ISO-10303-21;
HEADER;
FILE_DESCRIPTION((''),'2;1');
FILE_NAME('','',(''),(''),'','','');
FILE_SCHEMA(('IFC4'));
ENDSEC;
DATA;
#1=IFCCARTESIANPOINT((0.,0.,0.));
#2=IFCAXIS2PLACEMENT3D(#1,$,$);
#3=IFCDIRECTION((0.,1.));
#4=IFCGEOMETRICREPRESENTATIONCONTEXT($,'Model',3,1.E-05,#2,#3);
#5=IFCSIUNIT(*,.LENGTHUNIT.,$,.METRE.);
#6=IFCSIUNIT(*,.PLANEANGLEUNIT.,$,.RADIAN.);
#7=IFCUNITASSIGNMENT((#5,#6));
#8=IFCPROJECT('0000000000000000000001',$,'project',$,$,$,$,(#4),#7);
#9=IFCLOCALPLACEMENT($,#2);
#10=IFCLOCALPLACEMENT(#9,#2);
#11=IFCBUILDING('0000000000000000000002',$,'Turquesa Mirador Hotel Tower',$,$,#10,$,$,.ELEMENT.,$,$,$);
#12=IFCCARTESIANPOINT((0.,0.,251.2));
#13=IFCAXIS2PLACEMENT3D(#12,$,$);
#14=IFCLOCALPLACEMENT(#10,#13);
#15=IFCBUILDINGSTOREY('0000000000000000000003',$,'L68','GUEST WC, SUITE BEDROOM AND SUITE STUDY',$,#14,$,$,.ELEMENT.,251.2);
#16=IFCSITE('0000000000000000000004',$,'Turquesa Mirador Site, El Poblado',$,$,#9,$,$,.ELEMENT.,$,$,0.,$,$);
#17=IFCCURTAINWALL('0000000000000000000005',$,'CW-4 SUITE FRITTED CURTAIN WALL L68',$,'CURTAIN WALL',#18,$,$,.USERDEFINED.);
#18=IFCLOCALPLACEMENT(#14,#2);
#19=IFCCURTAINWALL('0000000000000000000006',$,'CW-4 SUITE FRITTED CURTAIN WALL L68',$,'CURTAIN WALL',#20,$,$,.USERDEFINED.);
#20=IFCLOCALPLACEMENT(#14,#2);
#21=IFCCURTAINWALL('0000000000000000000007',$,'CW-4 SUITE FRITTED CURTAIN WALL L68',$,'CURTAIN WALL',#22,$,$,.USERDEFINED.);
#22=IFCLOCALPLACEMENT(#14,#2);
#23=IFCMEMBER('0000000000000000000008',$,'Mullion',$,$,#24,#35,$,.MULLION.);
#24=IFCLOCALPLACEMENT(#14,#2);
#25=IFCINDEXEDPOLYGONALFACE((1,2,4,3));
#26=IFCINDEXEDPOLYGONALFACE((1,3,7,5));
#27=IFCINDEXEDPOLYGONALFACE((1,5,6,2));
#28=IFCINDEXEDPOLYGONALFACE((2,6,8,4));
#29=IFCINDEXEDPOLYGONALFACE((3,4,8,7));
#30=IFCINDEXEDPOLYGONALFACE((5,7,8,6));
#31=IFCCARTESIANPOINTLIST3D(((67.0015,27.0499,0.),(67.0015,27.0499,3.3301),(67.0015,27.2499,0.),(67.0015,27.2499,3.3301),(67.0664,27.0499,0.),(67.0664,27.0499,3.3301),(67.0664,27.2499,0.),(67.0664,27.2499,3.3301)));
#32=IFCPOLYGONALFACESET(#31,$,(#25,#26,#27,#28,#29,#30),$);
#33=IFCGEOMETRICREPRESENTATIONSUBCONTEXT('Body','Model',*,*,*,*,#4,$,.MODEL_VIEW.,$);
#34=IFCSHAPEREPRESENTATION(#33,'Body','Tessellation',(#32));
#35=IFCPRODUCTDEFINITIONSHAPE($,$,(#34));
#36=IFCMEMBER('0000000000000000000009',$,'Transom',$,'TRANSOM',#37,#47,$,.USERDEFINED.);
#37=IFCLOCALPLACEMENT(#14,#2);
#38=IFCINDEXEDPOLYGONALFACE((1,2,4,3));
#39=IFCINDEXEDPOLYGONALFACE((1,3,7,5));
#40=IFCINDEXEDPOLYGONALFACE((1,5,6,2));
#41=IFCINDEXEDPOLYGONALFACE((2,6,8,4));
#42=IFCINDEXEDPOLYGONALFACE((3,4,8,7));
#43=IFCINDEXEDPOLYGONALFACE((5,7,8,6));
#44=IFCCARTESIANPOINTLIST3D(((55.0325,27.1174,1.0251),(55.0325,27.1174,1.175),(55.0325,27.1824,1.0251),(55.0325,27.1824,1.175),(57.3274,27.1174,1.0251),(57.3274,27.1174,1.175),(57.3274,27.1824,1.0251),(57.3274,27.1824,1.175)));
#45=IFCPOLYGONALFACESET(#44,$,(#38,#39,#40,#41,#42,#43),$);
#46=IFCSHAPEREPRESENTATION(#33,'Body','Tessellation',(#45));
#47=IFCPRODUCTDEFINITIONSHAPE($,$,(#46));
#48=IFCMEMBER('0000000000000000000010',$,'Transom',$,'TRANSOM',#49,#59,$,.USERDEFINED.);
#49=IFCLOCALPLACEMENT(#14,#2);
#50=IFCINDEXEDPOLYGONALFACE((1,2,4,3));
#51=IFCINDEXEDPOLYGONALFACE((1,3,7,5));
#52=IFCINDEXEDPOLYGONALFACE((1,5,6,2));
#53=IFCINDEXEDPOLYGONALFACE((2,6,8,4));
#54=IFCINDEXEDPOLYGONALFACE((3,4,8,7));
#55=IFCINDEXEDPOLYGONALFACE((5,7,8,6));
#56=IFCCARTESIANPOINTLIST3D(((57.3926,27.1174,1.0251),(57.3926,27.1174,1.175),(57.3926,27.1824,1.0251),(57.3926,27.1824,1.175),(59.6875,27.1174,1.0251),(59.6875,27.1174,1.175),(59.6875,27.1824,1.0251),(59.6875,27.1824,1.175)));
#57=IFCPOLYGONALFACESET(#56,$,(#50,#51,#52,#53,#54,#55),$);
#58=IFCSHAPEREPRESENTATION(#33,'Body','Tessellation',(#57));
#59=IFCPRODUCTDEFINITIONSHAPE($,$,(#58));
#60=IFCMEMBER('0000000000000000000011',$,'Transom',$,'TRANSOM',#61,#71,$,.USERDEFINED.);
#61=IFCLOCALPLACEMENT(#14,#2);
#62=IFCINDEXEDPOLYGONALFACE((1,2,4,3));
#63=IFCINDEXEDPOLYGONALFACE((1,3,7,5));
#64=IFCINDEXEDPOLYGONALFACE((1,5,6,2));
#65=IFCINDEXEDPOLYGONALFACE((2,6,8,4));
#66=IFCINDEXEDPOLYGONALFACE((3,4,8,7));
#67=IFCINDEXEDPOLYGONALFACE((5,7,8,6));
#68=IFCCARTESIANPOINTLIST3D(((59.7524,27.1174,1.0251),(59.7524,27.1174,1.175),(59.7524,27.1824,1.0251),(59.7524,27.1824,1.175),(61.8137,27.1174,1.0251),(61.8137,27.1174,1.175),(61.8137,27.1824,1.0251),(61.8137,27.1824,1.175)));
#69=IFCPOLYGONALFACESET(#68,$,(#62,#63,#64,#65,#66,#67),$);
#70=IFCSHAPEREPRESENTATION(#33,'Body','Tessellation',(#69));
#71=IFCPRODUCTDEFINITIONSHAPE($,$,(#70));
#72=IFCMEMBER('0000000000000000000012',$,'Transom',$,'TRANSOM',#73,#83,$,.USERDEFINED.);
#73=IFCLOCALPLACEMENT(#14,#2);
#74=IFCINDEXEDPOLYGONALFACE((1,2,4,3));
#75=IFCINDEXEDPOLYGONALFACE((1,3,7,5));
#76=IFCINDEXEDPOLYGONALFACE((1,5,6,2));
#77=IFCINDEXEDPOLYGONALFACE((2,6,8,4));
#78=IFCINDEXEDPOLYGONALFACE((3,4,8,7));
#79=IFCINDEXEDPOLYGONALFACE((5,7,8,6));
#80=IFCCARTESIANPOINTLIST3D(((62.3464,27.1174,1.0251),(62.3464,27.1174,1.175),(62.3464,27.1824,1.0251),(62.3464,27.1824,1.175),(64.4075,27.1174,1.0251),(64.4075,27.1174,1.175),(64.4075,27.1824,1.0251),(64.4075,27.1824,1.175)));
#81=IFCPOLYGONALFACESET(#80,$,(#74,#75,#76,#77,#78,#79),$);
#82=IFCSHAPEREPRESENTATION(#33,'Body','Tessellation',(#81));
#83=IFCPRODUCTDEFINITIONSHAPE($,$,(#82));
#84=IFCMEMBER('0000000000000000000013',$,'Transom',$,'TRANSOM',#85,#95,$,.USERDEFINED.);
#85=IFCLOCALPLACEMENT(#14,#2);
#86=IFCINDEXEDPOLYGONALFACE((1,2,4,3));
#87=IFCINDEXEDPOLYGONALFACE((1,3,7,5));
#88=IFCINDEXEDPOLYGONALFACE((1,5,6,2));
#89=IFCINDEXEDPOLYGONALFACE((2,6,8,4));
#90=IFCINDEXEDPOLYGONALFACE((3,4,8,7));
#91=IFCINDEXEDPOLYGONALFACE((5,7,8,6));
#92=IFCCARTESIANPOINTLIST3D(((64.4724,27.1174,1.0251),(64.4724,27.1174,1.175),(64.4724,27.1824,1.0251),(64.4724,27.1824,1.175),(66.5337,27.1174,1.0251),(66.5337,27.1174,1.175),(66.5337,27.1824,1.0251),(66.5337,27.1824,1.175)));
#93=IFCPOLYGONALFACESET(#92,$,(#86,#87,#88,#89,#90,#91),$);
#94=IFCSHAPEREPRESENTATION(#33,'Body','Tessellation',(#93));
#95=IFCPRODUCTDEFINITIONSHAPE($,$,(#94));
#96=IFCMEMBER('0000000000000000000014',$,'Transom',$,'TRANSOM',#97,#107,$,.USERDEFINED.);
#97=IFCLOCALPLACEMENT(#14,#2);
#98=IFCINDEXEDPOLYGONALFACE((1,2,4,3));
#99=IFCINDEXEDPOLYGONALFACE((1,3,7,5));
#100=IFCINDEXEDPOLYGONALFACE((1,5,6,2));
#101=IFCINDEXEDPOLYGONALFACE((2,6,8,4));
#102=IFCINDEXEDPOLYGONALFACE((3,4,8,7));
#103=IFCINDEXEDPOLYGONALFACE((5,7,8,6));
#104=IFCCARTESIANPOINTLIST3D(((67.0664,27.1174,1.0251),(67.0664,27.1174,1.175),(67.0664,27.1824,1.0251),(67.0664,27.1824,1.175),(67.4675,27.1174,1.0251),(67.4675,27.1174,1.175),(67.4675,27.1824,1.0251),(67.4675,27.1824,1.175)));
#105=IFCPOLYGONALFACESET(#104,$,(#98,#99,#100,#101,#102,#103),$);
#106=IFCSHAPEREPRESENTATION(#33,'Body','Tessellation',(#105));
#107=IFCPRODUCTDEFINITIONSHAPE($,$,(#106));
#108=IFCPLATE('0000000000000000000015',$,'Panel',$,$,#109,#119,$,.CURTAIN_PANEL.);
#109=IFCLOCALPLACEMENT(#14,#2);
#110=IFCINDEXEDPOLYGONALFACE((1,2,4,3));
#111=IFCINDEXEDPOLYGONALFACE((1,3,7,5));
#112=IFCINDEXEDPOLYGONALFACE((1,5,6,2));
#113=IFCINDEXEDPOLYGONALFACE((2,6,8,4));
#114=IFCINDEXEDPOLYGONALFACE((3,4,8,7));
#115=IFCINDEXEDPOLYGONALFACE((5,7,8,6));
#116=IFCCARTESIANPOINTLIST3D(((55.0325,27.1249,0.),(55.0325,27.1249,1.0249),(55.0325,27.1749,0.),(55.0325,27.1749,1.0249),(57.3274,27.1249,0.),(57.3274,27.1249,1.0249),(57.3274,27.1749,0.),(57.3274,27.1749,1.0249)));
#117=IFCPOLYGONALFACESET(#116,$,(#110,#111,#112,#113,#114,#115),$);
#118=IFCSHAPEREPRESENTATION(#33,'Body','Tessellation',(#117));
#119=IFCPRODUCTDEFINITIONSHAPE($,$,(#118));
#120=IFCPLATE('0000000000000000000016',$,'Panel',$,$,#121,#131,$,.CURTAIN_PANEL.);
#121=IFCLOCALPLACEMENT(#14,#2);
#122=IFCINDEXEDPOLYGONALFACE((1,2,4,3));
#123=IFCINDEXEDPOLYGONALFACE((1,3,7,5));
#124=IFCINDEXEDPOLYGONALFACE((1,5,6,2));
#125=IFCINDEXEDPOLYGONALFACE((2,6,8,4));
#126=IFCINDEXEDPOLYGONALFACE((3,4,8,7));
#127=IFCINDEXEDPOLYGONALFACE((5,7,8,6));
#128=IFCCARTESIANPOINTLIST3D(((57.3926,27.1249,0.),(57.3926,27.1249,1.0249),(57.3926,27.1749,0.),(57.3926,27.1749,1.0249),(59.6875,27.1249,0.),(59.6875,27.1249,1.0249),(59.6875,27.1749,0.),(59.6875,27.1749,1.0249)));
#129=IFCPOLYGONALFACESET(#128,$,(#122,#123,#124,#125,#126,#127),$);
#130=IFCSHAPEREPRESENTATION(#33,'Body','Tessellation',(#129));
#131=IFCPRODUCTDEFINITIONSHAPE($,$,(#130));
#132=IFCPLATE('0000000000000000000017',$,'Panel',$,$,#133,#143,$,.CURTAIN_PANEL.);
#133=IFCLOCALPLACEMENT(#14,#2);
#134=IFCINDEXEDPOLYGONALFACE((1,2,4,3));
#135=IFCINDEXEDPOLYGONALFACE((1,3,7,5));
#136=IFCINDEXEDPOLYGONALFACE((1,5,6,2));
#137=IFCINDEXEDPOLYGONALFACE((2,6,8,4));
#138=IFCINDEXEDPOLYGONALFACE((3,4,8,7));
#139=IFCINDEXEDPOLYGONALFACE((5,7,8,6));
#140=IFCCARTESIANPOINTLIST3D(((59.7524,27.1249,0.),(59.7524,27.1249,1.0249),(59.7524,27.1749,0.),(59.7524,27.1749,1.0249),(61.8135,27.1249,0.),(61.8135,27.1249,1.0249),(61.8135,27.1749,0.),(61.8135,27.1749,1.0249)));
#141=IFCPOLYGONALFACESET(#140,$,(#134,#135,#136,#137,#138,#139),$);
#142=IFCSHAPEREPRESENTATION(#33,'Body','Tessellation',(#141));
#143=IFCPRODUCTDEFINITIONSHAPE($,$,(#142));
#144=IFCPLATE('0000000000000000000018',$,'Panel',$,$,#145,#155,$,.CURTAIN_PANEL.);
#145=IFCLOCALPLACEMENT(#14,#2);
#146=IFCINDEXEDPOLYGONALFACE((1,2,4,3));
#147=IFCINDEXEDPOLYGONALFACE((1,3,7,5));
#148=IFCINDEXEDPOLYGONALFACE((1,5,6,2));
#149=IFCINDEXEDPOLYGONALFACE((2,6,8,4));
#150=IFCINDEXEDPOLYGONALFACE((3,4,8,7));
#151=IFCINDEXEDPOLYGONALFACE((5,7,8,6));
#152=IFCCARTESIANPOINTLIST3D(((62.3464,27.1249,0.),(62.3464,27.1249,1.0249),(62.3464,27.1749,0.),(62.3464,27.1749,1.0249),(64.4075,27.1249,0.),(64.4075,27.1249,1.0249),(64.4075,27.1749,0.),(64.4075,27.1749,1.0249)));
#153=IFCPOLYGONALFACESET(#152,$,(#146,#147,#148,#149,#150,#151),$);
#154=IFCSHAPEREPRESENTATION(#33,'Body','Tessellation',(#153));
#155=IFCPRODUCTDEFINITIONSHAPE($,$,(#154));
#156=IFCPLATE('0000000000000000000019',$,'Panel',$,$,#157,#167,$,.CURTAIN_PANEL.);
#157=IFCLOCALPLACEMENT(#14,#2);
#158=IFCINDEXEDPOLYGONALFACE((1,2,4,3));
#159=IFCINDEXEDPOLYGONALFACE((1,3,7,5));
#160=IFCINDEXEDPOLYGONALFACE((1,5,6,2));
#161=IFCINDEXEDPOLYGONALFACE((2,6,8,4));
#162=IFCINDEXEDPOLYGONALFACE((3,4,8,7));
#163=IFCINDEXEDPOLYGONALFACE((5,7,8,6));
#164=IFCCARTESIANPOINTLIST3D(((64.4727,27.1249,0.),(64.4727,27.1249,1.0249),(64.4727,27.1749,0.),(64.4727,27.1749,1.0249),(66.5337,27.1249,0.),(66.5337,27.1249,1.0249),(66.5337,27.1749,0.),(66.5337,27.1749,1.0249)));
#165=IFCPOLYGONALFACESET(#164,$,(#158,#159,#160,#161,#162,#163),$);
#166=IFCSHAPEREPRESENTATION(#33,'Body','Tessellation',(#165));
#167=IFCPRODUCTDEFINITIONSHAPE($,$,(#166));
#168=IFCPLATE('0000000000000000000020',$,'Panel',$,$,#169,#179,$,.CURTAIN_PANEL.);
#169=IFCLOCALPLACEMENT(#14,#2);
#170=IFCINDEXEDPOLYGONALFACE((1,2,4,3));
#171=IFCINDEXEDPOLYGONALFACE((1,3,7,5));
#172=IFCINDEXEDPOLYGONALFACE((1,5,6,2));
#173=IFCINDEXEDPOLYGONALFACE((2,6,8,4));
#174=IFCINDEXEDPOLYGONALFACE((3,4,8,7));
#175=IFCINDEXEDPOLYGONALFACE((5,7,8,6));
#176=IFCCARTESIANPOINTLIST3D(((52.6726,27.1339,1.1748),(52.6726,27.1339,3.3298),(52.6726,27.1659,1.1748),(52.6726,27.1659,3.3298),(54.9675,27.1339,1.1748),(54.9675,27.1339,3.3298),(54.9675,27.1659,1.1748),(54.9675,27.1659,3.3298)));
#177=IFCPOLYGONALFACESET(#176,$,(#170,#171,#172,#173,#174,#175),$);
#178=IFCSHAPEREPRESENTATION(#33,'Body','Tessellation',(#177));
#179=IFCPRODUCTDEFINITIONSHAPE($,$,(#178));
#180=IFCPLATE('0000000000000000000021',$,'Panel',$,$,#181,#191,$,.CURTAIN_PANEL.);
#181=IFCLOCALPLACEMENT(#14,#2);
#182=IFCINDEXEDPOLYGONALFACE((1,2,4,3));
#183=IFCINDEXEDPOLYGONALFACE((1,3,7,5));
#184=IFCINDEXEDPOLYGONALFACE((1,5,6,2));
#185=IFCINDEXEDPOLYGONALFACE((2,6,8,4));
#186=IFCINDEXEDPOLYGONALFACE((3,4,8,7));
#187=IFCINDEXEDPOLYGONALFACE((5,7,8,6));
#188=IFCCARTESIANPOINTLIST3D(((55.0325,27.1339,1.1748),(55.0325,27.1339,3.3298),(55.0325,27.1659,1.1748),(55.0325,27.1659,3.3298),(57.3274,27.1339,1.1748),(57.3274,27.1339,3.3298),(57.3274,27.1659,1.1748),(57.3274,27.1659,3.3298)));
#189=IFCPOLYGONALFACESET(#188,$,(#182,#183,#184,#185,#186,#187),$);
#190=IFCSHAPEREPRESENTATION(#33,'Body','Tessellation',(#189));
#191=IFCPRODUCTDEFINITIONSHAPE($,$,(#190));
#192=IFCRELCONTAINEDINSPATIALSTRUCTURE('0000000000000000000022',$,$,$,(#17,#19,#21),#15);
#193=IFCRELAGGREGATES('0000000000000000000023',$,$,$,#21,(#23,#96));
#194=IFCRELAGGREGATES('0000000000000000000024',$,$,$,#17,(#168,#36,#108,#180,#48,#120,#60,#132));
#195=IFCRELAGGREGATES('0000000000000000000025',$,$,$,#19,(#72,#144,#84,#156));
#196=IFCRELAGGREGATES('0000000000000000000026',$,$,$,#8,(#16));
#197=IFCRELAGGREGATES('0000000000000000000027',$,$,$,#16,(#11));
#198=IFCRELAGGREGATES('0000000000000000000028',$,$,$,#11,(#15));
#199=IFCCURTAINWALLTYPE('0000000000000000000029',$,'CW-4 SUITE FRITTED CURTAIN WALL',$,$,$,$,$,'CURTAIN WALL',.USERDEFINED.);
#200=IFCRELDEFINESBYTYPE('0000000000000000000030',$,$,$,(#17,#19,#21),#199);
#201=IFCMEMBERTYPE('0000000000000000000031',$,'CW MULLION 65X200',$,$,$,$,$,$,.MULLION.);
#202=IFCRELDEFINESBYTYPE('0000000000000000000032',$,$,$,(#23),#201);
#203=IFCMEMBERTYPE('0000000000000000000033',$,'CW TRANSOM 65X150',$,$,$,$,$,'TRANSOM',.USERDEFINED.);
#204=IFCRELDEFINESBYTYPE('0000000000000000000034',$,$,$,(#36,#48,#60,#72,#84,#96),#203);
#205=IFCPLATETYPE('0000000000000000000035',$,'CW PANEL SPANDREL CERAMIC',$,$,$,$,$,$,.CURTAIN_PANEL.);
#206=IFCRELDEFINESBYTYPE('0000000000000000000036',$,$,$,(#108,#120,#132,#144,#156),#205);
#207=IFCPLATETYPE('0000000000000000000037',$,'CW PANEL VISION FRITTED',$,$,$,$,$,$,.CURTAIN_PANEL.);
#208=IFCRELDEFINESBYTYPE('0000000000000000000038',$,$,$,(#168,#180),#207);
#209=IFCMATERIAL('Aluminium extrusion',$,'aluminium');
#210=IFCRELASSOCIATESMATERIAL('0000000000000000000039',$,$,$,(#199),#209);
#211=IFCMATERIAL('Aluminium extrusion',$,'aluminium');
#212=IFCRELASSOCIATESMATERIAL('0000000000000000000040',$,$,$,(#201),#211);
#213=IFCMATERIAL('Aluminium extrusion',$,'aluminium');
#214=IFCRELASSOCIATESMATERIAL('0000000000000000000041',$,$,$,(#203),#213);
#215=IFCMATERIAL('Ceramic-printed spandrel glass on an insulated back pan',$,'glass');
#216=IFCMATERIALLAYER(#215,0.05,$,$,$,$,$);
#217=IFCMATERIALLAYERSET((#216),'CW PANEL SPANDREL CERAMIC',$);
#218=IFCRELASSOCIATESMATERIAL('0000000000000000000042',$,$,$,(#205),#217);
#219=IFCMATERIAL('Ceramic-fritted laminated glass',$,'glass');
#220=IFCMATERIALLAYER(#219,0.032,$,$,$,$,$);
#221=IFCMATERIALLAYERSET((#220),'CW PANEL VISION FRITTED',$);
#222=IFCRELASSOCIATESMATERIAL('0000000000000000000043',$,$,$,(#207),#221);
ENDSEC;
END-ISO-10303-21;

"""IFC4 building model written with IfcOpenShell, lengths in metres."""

from ifc_helpers import new_model, si_unit, direction, frame, origin, origin_2d, place, context, subcontext, project, spatial, rectangle, extrude, material, layer, layer_set, material_profile, profile_set, type_object, element, aggregate, save


model = new_model("IFC4")

# Units and contexts
model_context = context("Model", 3, precision=1e-05, world=origin(), true_north=direction((0.0, 1.0)))
body_context = subcontext(model_context, "Body", "Model", "MODEL_VIEW")
ifc_project = project(units=[si_unit("LENGTHUNIT", "METRE"), si_unit("PLANEANGLEUNIT", "RADIAN")], contexts=[model_context])

# Site, building, storey
site_placement = place(None, origin())
site = spatial("IfcSite", under=ifc_project, at=site_placement, Name="Turquesa Mirador Site, El Poblado", CompositionType="ELEMENT", RefElevation=0.0)
building_placement = place(site_placement, origin())
building = spatial("IfcBuilding", under=site, at=building_placement, Name="Turquesa Mirador Hotel Tower", CompositionType="ELEMENT")
storey_placement = place(building_placement, frame((0.0, 0.0, 251.2)))
storey = spatial("IfcBuildingStorey", under=building, at=storey_placement, Name="L68", Description="GUEST WC, SUITE BEDROOM AND SUITE STUDY", CompositionType="ELEMENT", Elevation=251.2)

# Curtain walls
ifc_material_1 = material(Name="Aluminium extrusion", Category="aluminium")
curtain_wall_type = type_object("IfcCurtainWallType", Name="CW-4 SUITE FRITTED CURTAIN WALL", ElementType="CURTAIN WALL", PredefinedType="USERDEFINED", material=ifc_material_1)
curtain_wall_1_placement = place(storey_placement, origin())
curtain_wall_1 = element("IfcCurtainWall", 1, at=curtain_wall_1_placement, inside=storey, type_object=curtain_wall_type, Name="CW-4 SUITE FRITTED CURTAIN WALL L68", ObjectType="CURTAIN WALL", PredefinedType="USERDEFINED")
ifc_material_2 = material(Name="Aluminium extrusion", Category="aluminium")
ifc_material_profile_1 = material_profile(ifc_material_2, rectangle(XDim=0.0649, YDim=0.2, at=origin_2d()), Name="MULLION 65X200")
ifc_profile_set_1 = profile_set([ifc_material_profile_1], Name="Aluminium extrusion")
member_type_1 = type_object("IfcMemberType", Name="CW MULLION 65X200", PredefinedType="MULLION", material=ifc_profile_set_1)
curtain_wall_2_placement = place(storey_placement, origin())
curtain_wall_2 = element("IfcCurtainWall", 2, at=curtain_wall_2_placement, inside=storey, type_object=curtain_wall_type, Name="CW-4 SUITE FRITTED CURTAIN WALL L68", ObjectType="CURTAIN WALL", PredefinedType="USERDEFINED")

# Curtain wall, member
curtain_wall_3_placement = place(storey_placement, origin())
curtain_wall_3 = element("IfcCurtainWall", 3, at=curtain_wall_3_placement, inside=storey, type_object=curtain_wall_type, Name="CW-4 SUITE FRITTED CURTAIN WALL L68", ObjectType="CURTAIN WALL", PredefinedType="USERDEFINED")
member_1_placement = place(storey_placement, frame((67.0339, 27.1499, 0.0), z_axis=(0.0, 0.0, 1.0), x_axis=(1.0, 0.0, 0.0)))
member_1 = element("IfcMember", 4, at=member_1_placement, type_object=member_type_1, Name="Mullion", PredefinedType="MULLION", context=body_context, shape_type="SweptSolid", body=[
    extrude(rectangle(XDim=0.0649, YDim=0.2, at=origin_2d()), origin(), (0.0, 0.0, 1.0), 3.3301),
])

# Members
ifc_material_3 = material(Name="Aluminium extrusion", Category="aluminium")
ifc_material_profile_2 = material_profile(ifc_material_3, rectangle(XDim=0.0649, YDim=0.1499, at=origin_2d()), Name="TRANSOM 65X150")
ifc_profile_set_2 = profile_set([ifc_material_profile_2], Name="Aluminium extrusion")
member_type_2 = type_object("IfcMemberType", Name="CW TRANSOM 65X150", ElementType="TRANSOM", PredefinedType="USERDEFINED", material=ifc_profile_set_2)
member_2_placement = place(storey_placement, frame((55.0325, 27.1499, 1.1001), z_axis=(1.0, 0.0, 0.0), x_axis=(0.0, 1.0, 0.0)))
member_2 = element("IfcMember", 5, at=member_2_placement, type_object=member_type_2, Name="Transom", ObjectType="TRANSOM", PredefinedType="USERDEFINED", context=body_context, shape_type="SweptSolid", body=[
    extrude(rectangle(XDim=0.0649, YDim=0.1499, at=origin_2d()), origin(), (0.0, 0.0, 1.0), 2.2949),
])
member_3_placement = place(storey_placement, frame((57.3926, 27.1499, 1.1001), z_axis=(1.0, 0.0, 0.0), x_axis=(0.0, 1.0, 0.0)))
member_3 = element("IfcMember", 6, at=member_3_placement, type_object=member_type_2, Name="Transom", ObjectType="TRANSOM", PredefinedType="USERDEFINED", context=body_context, shape_type="SweptSolid", body=[
    extrude(rectangle(XDim=0.0649, YDim=0.1499, at=origin_2d()), origin(), (0.0, 0.0, 1.0), 2.2949),
])
member_4_placement = place(storey_placement, frame((59.7524, 27.1499, 1.1001), z_axis=(1.0, 0.0, 0.0), x_axis=(0.0, 1.0, 0.0)))
member_4 = element("IfcMember", 7, at=member_4_placement, type_object=member_type_2, Name="Transom", ObjectType="TRANSOM", PredefinedType="USERDEFINED", context=body_context, shape_type="SweptSolid", body=[
    extrude(rectangle(XDim=0.0649, YDim=0.1499, at=origin_2d()), origin(), (0.0, 0.0, 1.0), 2.0613),
])
member_5_placement = place(storey_placement, frame((62.3464, 27.1499, 1.1001), z_axis=(1.0, 0.0, 0.0), x_axis=(0.0, 1.0, 0.0)))
member_5 = element("IfcMember", 8, at=member_5_placement, type_object=member_type_2, Name="Transom", ObjectType="TRANSOM", PredefinedType="USERDEFINED", context=body_context, shape_type="SweptSolid", body=[
    extrude(rectangle(XDim=0.0649, YDim=0.1499, at=origin_2d()), origin(), (0.0, 0.0, 1.0), 2.061),
])
member_6_placement = place(storey_placement, frame((64.4724, 27.1499, 1.1001), z_axis=(1.0, 0.0, 0.0), x_axis=(0.0, 1.0, 0.0)))
member_6 = element("IfcMember", 9, at=member_6_placement, type_object=member_type_2, Name="Transom", ObjectType="TRANSOM", PredefinedType="USERDEFINED", context=body_context, shape_type="SweptSolid", body=[
    extrude(rectangle(XDim=0.0649, YDim=0.1499, at=origin_2d()), origin(), (0.0, 0.0, 1.0), 2.0613),
])
member_7_placement = place(storey_placement, frame((67.0664, 27.1499, 1.1001), z_axis=(1.0, 0.0, 0.0), x_axis=(0.0, 1.0, 0.0)))
member_7 = element("IfcMember", 10, at=member_7_placement, type_object=member_type_2, Name="Transom", ObjectType="TRANSOM", PredefinedType="USERDEFINED", context=body_context, shape_type="SweptSolid", body=[
    extrude(rectangle(XDim=0.0649, YDim=0.1499, at=origin_2d()), origin(), (0.0, 0.0, 1.0), 0.4011),
])
aggregate(curtain_wall_3, [member_1, member_7])

# Plates
ifc_material_4 = material(Name="Ceramic-printed spandrel glass on an insulated back pan", Category="glass")
ifc_layer_1 = layer(ifc_material_4, 0.05)
ifc_layer_set_1 = layer_set([ifc_layer_1], Name="CW PANEL SPANDREL CERAMIC")
plate_type_1 = type_object("IfcPlateType", Name="CW PANEL SPANDREL CERAMIC", PredefinedType="CURTAIN_PANEL", material=ifc_layer_set_1)
plate_1_placement = place(storey_placement, frame((56.1799, 27.1499, 0.0), z_axis=(0.0, 0.0, 1.0), x_axis=(1.0, 0.0, 0.0)))
plate_1 = element("IfcPlate", 11, at=plate_1_placement, type_object=plate_type_1, Name="Panel", PredefinedType="CURTAIN_PANEL", context=body_context, shape_type="SweptSolid", body=[
    extrude(rectangle(XDim=2.2949, YDim=0.05, at=origin_2d()), origin(), (0.0, 0.0, 1.0), 1.0249),
])
plate_2_placement = place(storey_placement, frame((58.54, 27.1499, 0.0), z_axis=(0.0, 0.0, 1.0), x_axis=(1.0, 0.0, 0.0)))
plate_2 = element("IfcPlate", 12, at=plate_2_placement, type_object=plate_type_1, Name="Panel", PredefinedType="CURTAIN_PANEL", context=body_context, shape_type="SweptSolid", body=[
    extrude(rectangle(XDim=2.2949, YDim=0.05, at=origin_2d()), origin(), (0.0, 0.0, 1.0), 1.0249),
])
plate_3_placement = place(storey_placement, frame((60.783, 27.1499, 0.0), z_axis=(0.0, 0.0, 1.0), x_axis=(1.0, 0.0, 0.0)))
plate_3 = element("IfcPlate", 13, at=plate_3_placement, type_object=plate_type_1, Name="Panel", PredefinedType="CURTAIN_PANEL", context=body_context, shape_type="SweptSolid", body=[
    extrude(rectangle(XDim=2.061, YDim=0.05, at=origin_2d()), origin(), (0.0, 0.0, 1.0), 1.0249),
])
plate_4_placement = place(storey_placement, frame((63.377, 27.1499, 0.0), z_axis=(0.0, 0.0, 1.0), x_axis=(1.0, 0.0, 0.0)))
plate_4 = element("IfcPlate", 14, at=plate_4_placement, type_object=plate_type_1, Name="Panel", PredefinedType="CURTAIN_PANEL", context=body_context, shape_type="SweptSolid", body=[
    extrude(rectangle(XDim=2.061, YDim=0.05, at=origin_2d()), origin(), (0.0, 0.0, 1.0), 1.0249),
])
plate_5_placement = place(storey_placement, frame((65.5032, 27.1499, 0.0), z_axis=(0.0, 0.0, 1.0), x_axis=(1.0, 0.0, 0.0)))
plate_5 = element("IfcPlate", 15, at=plate_5_placement, type_object=plate_type_1, Name="Panel", PredefinedType="CURTAIN_PANEL", context=body_context, shape_type="SweptSolid", body=[
    extrude(rectangle(XDim=2.061, YDim=0.05, at=origin_2d()), origin(), (0.0, 0.0, 1.0), 1.0249),
])
ifc_material_5 = material(Name="Ceramic-fritted laminated glass", Category="glass")
ifc_layer_2 = layer(ifc_material_5, 0.032)
ifc_layer_set_2 = layer_set([ifc_layer_2], Name="CW PANEL VISION FRITTED")
plate_type_2 = type_object("IfcPlateType", Name="CW PANEL VISION FRITTED", PredefinedType="CURTAIN_PANEL", material=ifc_layer_set_2)
plate_6_placement = place(storey_placement, frame((53.8201, 27.1499, 1.1748), z_axis=(0.0, 0.0, 1.0), x_axis=(1.0, 0.0, 0.0)))
plate_6 = element("IfcPlate", 16, at=plate_6_placement, type_object=plate_type_2, Name="Panel", PredefinedType="CURTAIN_PANEL", context=body_context, shape_type="SweptSolid", body=[
    extrude(rectangle(XDim=2.2949, YDim=0.032, at=origin_2d()), origin(), (0.0, 0.0, 1.0), 2.155),
])
plate_7_placement = place(storey_placement, frame((56.1799, 27.1499, 1.1748), z_axis=(0.0, 0.0, 1.0), x_axis=(1.0, 0.0, 0.0)))
plate_7 = element("IfcPlate", 17, at=plate_7_placement, type_object=plate_type_2, Name="Panel", PredefinedType="CURTAIN_PANEL", context=body_context, shape_type="SweptSolid", body=[
    extrude(rectangle(XDim=2.2949, YDim=0.032, at=origin_2d()), origin(), (0.0, 0.0, 1.0), 2.155),
])
aggregate(curtain_wall_1, [plate_6, member_2, plate_1, plate_7, member_3, plate_2, member_4, plate_3])
aggregate(curtain_wall_2, [member_5, plate_4, member_6, plate_5])

save(model, "model.ifc")
